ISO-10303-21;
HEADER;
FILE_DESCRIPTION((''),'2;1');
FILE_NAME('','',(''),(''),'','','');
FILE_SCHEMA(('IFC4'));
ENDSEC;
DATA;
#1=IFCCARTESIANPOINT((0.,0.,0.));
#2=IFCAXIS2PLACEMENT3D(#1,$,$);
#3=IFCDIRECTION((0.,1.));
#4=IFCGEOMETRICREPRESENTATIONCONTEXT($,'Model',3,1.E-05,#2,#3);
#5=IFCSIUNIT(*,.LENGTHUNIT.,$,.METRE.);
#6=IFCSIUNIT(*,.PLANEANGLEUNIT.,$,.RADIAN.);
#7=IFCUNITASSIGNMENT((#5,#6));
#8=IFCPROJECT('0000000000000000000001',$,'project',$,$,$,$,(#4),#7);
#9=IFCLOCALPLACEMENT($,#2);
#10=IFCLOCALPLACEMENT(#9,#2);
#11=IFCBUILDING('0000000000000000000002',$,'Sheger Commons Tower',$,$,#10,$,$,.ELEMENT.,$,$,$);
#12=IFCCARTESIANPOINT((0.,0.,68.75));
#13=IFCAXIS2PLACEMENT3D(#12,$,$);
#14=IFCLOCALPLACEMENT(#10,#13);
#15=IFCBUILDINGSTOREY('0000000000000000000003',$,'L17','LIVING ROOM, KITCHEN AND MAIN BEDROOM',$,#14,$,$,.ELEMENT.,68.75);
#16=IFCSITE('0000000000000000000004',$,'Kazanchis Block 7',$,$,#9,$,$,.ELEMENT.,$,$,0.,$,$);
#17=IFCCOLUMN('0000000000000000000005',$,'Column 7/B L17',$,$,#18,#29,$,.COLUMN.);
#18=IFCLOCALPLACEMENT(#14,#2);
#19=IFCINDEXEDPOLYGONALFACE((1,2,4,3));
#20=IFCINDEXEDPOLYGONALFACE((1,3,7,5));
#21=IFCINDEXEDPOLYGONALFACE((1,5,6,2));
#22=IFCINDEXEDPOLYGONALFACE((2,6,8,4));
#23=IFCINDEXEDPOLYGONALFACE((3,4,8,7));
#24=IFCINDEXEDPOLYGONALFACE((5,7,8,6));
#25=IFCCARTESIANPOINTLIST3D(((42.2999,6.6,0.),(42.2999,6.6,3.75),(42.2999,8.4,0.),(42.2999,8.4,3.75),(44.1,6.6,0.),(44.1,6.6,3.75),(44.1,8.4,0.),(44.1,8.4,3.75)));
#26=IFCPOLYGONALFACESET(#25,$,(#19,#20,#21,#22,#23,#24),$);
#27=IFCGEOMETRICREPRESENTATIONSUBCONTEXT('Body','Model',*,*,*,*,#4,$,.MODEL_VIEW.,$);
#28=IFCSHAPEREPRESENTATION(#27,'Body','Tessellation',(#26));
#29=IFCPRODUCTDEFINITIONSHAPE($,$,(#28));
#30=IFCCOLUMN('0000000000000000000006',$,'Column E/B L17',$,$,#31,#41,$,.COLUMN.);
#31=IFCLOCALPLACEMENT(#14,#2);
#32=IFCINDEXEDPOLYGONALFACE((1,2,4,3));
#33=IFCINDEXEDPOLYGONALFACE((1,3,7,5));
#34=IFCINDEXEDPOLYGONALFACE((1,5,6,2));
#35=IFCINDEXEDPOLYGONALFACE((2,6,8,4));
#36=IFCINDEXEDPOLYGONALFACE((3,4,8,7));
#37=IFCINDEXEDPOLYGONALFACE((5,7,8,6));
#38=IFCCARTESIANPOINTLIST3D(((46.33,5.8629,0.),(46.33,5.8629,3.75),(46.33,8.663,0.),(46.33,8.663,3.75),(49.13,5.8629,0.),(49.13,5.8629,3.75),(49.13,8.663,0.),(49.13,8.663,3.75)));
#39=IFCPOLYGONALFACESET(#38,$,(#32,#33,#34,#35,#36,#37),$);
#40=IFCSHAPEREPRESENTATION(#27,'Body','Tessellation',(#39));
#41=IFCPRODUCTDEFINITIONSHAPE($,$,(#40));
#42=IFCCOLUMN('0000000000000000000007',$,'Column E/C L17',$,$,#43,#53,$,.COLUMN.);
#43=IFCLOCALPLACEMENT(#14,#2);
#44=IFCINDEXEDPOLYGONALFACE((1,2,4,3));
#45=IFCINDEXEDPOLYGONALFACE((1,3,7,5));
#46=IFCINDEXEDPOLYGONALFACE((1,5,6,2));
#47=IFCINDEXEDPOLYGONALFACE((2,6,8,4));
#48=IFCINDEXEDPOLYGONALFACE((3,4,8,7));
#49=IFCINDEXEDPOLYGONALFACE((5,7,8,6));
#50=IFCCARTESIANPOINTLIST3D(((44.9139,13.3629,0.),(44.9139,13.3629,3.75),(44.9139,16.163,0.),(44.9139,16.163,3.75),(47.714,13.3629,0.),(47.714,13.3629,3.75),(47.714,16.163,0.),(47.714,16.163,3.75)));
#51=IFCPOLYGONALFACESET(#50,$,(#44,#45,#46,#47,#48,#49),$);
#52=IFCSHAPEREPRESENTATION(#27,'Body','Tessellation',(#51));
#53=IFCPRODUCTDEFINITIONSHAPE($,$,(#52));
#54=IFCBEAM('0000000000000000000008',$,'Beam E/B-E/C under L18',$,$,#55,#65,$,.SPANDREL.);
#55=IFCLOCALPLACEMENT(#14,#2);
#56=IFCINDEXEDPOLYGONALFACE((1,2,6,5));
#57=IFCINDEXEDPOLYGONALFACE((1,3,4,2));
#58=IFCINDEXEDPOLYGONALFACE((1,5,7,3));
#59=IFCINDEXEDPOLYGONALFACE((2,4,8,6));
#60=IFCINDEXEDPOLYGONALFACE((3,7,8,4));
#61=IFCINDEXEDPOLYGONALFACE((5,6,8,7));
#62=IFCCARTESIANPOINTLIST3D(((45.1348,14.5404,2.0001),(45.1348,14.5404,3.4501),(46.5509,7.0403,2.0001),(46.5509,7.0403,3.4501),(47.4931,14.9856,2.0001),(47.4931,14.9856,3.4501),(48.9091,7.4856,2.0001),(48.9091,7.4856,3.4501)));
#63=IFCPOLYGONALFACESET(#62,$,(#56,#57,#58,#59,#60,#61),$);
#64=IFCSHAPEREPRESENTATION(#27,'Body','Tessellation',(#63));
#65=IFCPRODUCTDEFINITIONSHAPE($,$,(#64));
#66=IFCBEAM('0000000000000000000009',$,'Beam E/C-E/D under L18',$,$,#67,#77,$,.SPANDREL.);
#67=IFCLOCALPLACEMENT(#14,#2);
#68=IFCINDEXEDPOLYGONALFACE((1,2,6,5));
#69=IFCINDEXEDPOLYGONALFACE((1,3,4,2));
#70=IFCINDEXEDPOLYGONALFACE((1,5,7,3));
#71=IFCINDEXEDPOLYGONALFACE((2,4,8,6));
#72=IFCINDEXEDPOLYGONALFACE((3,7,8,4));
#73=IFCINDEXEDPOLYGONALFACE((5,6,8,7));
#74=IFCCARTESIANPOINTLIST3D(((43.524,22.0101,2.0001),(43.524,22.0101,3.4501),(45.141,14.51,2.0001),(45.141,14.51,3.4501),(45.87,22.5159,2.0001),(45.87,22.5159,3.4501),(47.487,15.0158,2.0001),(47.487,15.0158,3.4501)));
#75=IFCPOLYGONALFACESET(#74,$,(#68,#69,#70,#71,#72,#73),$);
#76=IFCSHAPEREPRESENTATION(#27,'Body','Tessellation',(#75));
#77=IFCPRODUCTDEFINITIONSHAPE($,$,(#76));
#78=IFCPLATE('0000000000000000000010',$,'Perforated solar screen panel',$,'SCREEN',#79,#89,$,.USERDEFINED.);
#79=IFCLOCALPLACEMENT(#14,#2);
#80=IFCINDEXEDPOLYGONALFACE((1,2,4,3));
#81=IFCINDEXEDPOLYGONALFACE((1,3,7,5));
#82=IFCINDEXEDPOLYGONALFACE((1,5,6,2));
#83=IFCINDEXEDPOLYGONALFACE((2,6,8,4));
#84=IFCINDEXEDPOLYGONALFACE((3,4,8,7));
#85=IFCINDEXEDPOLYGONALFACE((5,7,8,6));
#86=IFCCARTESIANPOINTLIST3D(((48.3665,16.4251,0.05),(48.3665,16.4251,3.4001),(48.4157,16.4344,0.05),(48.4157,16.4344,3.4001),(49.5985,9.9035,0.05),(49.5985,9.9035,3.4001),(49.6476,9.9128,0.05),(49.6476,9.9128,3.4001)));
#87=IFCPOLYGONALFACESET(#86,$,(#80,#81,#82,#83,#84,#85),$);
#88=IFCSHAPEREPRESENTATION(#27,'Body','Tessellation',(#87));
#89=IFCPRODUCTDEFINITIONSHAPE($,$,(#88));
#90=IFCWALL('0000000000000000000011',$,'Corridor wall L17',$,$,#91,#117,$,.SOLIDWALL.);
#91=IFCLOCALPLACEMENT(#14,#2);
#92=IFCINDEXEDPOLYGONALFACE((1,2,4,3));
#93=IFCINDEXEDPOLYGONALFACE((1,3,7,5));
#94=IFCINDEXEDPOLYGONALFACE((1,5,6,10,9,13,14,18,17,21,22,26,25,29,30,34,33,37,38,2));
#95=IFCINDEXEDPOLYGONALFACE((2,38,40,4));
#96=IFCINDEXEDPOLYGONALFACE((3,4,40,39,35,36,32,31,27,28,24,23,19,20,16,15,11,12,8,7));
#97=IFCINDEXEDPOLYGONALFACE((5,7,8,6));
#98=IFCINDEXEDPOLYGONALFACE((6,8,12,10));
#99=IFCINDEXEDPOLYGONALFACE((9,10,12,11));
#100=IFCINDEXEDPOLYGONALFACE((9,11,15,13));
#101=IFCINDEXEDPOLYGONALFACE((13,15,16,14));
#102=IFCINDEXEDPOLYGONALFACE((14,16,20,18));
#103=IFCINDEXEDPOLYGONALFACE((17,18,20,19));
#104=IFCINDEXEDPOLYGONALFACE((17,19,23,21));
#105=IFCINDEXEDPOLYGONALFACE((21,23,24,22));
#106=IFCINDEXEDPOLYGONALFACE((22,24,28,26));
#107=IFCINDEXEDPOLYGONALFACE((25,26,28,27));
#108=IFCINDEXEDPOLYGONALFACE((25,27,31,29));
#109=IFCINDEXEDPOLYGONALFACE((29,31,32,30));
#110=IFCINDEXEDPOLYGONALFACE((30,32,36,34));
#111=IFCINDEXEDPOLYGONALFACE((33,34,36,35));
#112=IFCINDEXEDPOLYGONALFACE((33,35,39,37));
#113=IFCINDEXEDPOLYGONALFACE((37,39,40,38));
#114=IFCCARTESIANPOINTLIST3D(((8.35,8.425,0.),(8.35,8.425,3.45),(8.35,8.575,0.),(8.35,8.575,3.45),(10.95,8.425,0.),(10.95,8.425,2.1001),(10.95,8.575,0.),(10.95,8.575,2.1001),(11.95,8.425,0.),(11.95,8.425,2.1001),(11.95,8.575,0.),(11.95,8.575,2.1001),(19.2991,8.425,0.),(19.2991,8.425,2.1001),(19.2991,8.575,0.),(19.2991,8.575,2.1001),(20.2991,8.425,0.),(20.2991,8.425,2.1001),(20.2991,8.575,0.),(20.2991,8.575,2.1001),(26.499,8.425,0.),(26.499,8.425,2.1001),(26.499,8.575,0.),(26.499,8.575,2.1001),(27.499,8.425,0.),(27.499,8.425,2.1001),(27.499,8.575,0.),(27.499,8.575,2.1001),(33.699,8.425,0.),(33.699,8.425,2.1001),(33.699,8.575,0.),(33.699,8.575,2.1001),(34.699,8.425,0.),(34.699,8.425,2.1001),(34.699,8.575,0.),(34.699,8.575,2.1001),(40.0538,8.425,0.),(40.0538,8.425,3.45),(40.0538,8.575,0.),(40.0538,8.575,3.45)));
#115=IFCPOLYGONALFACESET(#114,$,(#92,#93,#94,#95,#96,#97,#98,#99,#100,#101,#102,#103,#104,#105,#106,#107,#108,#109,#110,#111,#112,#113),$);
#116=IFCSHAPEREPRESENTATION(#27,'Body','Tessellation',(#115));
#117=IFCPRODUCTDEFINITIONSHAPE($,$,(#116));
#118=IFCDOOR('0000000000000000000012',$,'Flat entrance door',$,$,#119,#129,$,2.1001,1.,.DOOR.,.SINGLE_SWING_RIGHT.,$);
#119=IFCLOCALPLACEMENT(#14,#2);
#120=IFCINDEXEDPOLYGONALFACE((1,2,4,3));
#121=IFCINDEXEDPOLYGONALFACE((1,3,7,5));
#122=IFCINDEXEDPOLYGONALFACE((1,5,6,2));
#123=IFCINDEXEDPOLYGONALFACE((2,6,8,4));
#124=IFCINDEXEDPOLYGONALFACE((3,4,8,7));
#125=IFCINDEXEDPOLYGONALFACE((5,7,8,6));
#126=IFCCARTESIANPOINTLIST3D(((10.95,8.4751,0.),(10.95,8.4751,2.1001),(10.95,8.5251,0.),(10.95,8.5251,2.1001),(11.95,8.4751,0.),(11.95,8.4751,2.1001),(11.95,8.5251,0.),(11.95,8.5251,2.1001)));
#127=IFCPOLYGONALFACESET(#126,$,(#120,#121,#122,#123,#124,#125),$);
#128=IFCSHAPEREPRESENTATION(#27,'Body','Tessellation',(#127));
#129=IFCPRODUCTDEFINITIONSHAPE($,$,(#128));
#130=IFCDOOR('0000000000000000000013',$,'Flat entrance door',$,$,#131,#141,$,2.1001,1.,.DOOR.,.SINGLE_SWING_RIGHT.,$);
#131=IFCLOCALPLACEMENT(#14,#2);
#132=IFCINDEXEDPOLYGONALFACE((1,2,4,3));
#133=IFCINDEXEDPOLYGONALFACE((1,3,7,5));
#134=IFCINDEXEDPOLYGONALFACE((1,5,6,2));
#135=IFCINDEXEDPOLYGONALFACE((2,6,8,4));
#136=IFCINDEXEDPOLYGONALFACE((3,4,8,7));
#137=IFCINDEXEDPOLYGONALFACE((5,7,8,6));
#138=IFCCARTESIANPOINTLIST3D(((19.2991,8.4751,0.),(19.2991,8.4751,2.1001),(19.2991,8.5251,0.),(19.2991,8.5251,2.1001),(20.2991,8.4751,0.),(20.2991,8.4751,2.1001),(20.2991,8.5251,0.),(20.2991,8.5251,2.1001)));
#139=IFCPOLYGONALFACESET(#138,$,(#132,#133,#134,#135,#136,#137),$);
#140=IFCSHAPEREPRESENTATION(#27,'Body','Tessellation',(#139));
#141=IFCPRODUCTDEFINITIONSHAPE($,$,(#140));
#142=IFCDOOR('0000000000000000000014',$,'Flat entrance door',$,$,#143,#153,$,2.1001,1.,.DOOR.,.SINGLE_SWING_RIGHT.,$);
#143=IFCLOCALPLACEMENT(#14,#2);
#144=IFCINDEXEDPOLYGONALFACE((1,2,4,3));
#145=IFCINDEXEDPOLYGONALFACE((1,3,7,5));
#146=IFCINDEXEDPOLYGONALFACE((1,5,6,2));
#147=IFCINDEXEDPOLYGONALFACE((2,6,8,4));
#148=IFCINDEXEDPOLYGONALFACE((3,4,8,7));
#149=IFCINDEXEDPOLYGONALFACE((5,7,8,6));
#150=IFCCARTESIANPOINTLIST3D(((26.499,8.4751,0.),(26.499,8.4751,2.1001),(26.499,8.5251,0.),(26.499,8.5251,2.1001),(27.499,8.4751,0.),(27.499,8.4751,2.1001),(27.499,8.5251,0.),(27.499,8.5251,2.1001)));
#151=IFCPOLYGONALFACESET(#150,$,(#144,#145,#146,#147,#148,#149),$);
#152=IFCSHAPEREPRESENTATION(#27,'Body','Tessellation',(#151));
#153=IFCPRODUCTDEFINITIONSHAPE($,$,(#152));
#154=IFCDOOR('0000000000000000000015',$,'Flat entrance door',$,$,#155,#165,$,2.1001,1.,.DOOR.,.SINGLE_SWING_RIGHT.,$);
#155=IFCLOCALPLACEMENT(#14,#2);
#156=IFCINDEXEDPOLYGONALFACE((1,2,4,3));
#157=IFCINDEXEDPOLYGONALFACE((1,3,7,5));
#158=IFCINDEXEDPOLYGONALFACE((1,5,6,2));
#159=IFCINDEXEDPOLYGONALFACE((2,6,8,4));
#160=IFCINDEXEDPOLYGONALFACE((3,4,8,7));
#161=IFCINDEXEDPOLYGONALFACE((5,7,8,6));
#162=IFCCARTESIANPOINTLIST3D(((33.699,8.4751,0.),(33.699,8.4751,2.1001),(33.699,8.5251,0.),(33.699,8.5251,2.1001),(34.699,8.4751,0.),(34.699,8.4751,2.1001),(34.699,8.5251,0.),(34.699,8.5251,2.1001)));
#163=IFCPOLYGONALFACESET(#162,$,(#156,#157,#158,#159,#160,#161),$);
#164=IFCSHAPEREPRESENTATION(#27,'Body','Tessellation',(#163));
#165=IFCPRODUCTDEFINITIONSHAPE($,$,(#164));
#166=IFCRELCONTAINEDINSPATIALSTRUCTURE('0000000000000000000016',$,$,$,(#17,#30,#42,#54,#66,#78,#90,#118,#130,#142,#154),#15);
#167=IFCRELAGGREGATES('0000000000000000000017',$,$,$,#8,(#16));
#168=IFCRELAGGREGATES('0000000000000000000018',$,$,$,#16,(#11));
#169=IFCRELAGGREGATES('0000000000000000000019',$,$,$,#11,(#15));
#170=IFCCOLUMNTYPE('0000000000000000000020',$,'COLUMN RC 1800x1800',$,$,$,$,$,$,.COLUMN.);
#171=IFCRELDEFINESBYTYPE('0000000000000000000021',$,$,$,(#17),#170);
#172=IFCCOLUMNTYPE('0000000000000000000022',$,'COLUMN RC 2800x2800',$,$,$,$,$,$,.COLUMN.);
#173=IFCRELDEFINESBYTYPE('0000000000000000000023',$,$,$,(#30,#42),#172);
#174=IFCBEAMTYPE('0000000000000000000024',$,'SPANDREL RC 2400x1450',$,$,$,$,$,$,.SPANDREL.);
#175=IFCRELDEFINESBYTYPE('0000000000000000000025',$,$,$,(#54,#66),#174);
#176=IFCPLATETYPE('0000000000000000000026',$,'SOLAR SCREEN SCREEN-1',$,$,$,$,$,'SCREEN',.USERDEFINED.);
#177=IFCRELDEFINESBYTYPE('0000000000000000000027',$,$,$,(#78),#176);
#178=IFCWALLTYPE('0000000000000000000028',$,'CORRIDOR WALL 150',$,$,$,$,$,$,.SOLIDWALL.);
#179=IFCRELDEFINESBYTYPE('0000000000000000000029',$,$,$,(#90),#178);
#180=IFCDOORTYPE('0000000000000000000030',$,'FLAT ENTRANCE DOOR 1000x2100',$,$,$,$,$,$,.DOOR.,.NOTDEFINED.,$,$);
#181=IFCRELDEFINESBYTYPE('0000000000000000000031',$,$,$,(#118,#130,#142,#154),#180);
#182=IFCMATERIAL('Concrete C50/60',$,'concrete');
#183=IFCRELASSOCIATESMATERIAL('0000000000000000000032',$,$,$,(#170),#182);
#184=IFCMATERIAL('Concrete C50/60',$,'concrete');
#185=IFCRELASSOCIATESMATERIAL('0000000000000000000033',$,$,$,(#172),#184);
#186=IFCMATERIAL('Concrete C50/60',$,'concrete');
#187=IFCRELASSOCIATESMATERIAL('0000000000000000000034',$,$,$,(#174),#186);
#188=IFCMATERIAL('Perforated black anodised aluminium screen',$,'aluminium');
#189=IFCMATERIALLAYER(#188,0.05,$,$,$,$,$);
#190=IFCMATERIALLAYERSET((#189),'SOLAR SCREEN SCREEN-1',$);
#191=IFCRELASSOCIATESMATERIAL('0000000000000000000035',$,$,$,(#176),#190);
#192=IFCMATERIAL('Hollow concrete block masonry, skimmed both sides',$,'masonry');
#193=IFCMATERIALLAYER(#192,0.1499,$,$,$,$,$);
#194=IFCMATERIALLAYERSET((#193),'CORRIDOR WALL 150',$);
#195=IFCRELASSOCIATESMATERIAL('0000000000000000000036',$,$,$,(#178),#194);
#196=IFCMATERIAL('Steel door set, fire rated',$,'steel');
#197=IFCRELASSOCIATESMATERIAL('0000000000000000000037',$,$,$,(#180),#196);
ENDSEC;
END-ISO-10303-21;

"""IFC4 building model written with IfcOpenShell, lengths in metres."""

from ifc_helpers import new_model, si_unit, direction, frame, frame_2d, origin, origin_2d, place, context, subcontext, project, spatial, rectangle, extrude, material, layer, layer_set, material_profile, profile_set, type_object, element, fill, save


model = new_model("IFC4")

# Units and contexts
model_context = context("Model", 3, precision=1e-05, world=origin(), true_north=direction((0.0, 1.0)))
body_context = subcontext(model_context, "Body", "Model", "MODEL_VIEW")
ifc_project = project(units=[si_unit("LENGTHUNIT", "METRE"), si_unit("PLANEANGLEUNIT", "RADIAN")], contexts=[model_context])

# Site, building, storey
site_placement = place(None, origin())
site = spatial("IfcSite", under=ifc_project, at=site_placement, Name="Kazanchis Block 7", CompositionType="ELEMENT", RefElevation=0.0)
building_placement = place(site_placement, origin())
building = spatial("IfcBuilding", under=site, at=building_placement, Name="Sheger Commons Tower", CompositionType="ELEMENT")
storey_placement = place(building_placement, frame((0.0, 0.0, 68.75)))
storey = spatial("IfcBuildingStorey", under=building, at=storey_placement, Name="L17", Description="LIVING ROOM, KITCHEN AND MAIN BEDROOM", CompositionType="ELEMENT", Elevation=68.75)

# Columns
ifc_material_1 = material(Name="Concrete C50/60", Category="concrete")
ifc_material_profile_1 = material_profile(ifc_material_1, rectangle(XDim=1.8, YDim=1.8, at=origin_2d()), Name="RC 1800x1800")
ifc_profile_set_1 = profile_set([ifc_material_profile_1], Name="Concrete C50/60")
column_type_1 = type_object("IfcColumnType", Name="COLUMN RC 1800x1800", PredefinedType="COLUMN", material=ifc_profile_set_1)
column_placement = place(storey_placement, frame((43.2, 7.5, 0.0), z_axis=(0.0, 0.0, 1.0), x_axis=(1.0, 0.0, 0.0)))
element("IfcColumn", 1, at=column_placement, inside=storey, type_object=column_type_1, Name="Column 7/B L17", PredefinedType="COLUMN", context=body_context, shape_type="SweptSolid", body=[
    extrude(rectangle(XDim=1.8, YDim=1.8, at=origin_2d()), origin(), (0.0, 0.0, 1.0), 3.75),
])
ifc_material_2 = material(Name="Concrete C50/60", Category="concrete")
ifc_material_profile_2 = material_profile(ifc_material_2, rectangle(XDim=2.8, YDim=2.8, at=origin_2d()), Name="RC 2800x2800")
ifc_profile_set_2 = profile_set([ifc_material_profile_2], Name="Concrete C50/60")
column_type_2 = type_object("IfcColumnType", Name="COLUMN RC 2800x2800", PredefinedType="COLUMN", material=ifc_profile_set_2)
for number, where, z_axis, x_axis, name in (
    (2, (47.73, 7.2629, 0.0), (0.0, 0.0, 1.0), (1.0, 0.0, 0.0), "Column E/B L17"),
    (3, (46.314, 14.7629, 0.0), (0.0, 0.0, 1.0), (1.0, 0.0, 0.0), "Column E/C L17"),
):
    element("IfcColumn", number, at=place(storey_placement, frame(where, z_axis=z_axis, x_axis=x_axis)), inside=storey, type_object=column_type_2, Name=name, PredefinedType="COLUMN", context=body_context, shape_type="SweptSolid", body=[
        extrude(rectangle(XDim=2.8, YDim=2.8, at=origin_2d()), origin(), (0.0, 0.0, 1.0), 3.75),
    ])

# Beams
ifc_material_3 = material(Name="Concrete C50/60", Category="concrete")
ifc_material_profile_3 = material_profile(ifc_material_3, rectangle(XDim=2.3999, YDim=1.45, at=origin_2d()), Name="RC 2400x1450")
ifc_profile_set_3 = profile_set([ifc_material_profile_3], Name="Concrete C50/60")
beam_type = type_object("IfcBeamType", Name="SPANDREL RC 2400x1450", PredefinedType="SPANDREL", material=ifc_profile_set_3)
beam_1_placement = place(storey_placement, frame((47.73, 7.2629, 2.7251), z_axis=(-0.185524, 0.98264, 0.0), x_axis=(-0.98264, -0.185524, 0.0)))
element("IfcBeam", 4, at=beam_1_placement, inside=storey, type_object=beam_type, Name="Beam E/B-E/C under L18", PredefinedType="SPANDREL", context=body_context, shape_type="SweptSolid", body=[
    extrude(rectangle(XDim=2.3999, YDim=1.45, at=origin_2d()), origin(), (0.0, 0.0, 1.0), 7.6326),
])
beam_2_placement = place(storey_placement, frame((46.314, 14.7629, 2.7251), z_axis=(-0.21075, 0.97754, 0.0), x_axis=(-0.97754, -0.21075, 0.0)))
element("IfcBeam", 5, at=beam_2_placement, inside=storey, type_object=beam_type, Name="Beam E/C-E/D under L18", PredefinedType="SPANDREL", context=body_context, shape_type="SweptSolid", body=[
    extrude(rectangle(XDim=2.3999, YDim=1.45, at=origin_2d()), origin(), (0.0, 0.0, 1.0), 7.6724),
])

# Plate
ifc_material_4 = material(Name="Perforated black anodised aluminium screen", Category="aluminium")
ifc_layer_1 = layer(ifc_material_4, 0.05)
ifc_layer_set_1 = layer_set([ifc_layer_1], Name="SOLAR SCREEN SCREEN-1")
plate_type = type_object("IfcPlateType", Name="SOLAR SCREEN SCREEN-1", ElementType="SCREEN", PredefinedType="USERDEFINED", material=ifc_layer_set_1)
plate_placement = place(storey_placement, frame((49.0071, 13.1689, 0.05), z_axis=(0.0, 0.0, 1.0), x_axis=(-0.185615, 0.982623, 0.0)))
element("IfcPlate", 6, at=plate_placement, inside=storey, type_object=plate_type, Name="Perforated solar screen panel", ObjectType="SCREEN", PredefinedType="USERDEFINED", context=body_context, shape_type="SweptSolid", body=[
    extrude(rectangle(XDim=6.637, YDim=0.05, at=origin_2d()), origin(), (0.0, 0.0, 1.0), 3.3501),
])

# Wall, openings, doors
ifc_material_5 = material(Name="Hollow concrete block masonry, skimmed both sides", Category="masonry")
ifc_layer_2 = layer(ifc_material_5, 0.1499)
ifc_layer_set_2 = layer_set([ifc_layer_2], Name="CORRIDOR WALL 150")
wall_type_1 = type_object("IfcWallType", Name="CORRIDOR WALL 150", PredefinedType="SOLIDWALL", material=ifc_layer_set_2)
wall_1_placement = place(storey_placement, frame((40.054, 8.5, 0.0), z_axis=(0.0, 0.0, 1.0), x_axis=(-1.0, 0.0, 0.0)))
wall_1 = element("IfcWall", 7, at=wall_1_placement, inside=storey, type_object=wall_type_1, Name="Corridor wall L17", PredefinedType="SOLIDWALL", context=body_context, shape_type="SweptSolid", body=[
    extrude(rectangle(XDim=31.7039, YDim=0.1499, at=frame_2d((15.8521, 0.0))), origin(), (0.0, 0.0, 1.0), 3.45),
])
opening_1_placement = place(wall_1_placement, frame((28.104, 0.0, 0.0)))
opening_1 = element("IfcOpeningElement", 8, at=opening_1_placement, cuts=wall_1, PredefinedType="OPENING", context=body_context, shape_type="SweptSolid", body=[
    extrude(rectangle(XDim=1.0, YDim=2.1001, at=frame_2d((0.5, 1.05))), frame((0.0, 0.085, 0.0), z_axis=(0.0, -1.0, 0.0), x_axis=(1.0, 0.0, 0.0)), (0.0, 0.0, 1.0), 0.1699),
])
opening_2_placement = place(wall_1_placement, frame((19.7549, 0.0, 0.0)))
opening_2 = element("IfcOpeningElement", 9, at=opening_2_placement, cuts=wall_1, PredefinedType="OPENING", context=body_context, shape_type="SweptSolid", body=[
    extrude(rectangle(XDim=1.0, YDim=2.1001, at=frame_2d((0.5, 1.05))), frame((0.0, 0.085, 0.0), z_axis=(0.0, -1.0, 0.0), x_axis=(1.0, 0.0, 0.0)), (0.0, 0.0, 1.0), 0.1699),
])
opening_3_placement = place(wall_1_placement, frame((12.5549, 0.0, 0.0)))
opening_3 = element("IfcOpeningElement", 10, at=opening_3_placement, cuts=wall_1, PredefinedType="OPENING", context=body_context, shape_type="SweptSolid", body=[
    extrude(rectangle(XDim=1.0, YDim=2.1001, at=frame_2d((0.5, 1.05))), frame((0.0, 0.085, 0.0), z_axis=(0.0, -1.0, 0.0), x_axis=(1.0, 0.0, 0.0)), (0.0, 0.0, 1.0), 0.1699),
])
opening_4_placement = place(wall_1_placement, frame((5.355, 0.0, 0.0)))
opening_4 = element("IfcOpeningElement", 11, at=opening_4_placement, cuts=wall_1, PredefinedType="OPENING", context=body_context, shape_type="SweptSolid", body=[
    extrude(rectangle(XDim=1.0, YDim=2.1001, at=frame_2d((0.5, 1.05))), frame((0.0, 0.085, 0.0), z_axis=(0.0, -1.0, 0.0), x_axis=(1.0, 0.0, 0.0)), (0.0, 0.0, 1.0), 0.1699),
])
ifc_material_6 = material(Name="Steel door set, fire rated", Category="steel")
door_type_1 = type_object("IfcDoorType", Name="FLAT ENTRANCE DOOR 1000x2100", OperationType="NOTDEFINED", PredefinedType="DOOR", material=ifc_material_6)
door_1_placement = place(opening_1_placement, origin())
door_1 = element("IfcDoor", 12, at=door_1_placement, inside=storey, type_object=door_type_1, Name="Flat entrance door", OperationType="SINGLE_SWING_RIGHT", OverallHeight=2.1001, OverallWidth=1.0, PredefinedType="DOOR", context=body_context, shape_type="SweptSolid", body=[
    extrude(rectangle(XDim=1.0, YDim=2.1001, at=frame_2d((0.5, 1.05))), frame((0.0, 0.0249, 0.0), z_axis=(0.0, -1.0, 0.0), x_axis=(1.0, 0.0, 0.0)), (0.0, 0.0, 1.0), 0.05),
])
fill(opening_1, door_1)
door_2_placement = place(opening_2_placement, origin())
door_2 = element("IfcDoor", 13, at=door_2_placement, inside=storey, type_object=door_type_1, Name="Flat entrance door", OperationType="SINGLE_SWING_RIGHT", OverallHeight=2.1001, OverallWidth=1.0, PredefinedType="DOOR", context=body_context, shape_type="SweptSolid", body=[
    extrude(rectangle(XDim=1.0, YDim=2.1001, at=frame_2d((0.5, 1.05))), frame((0.0, 0.0249, 0.0), z_axis=(0.0, -1.0, 0.0), x_axis=(1.0, 0.0, 0.0)), (0.0, 0.0, 1.0), 0.05),
])
fill(opening_2, door_2)
door_3_placement = place(opening_3_placement, origin())
door_3 = element("IfcDoor", 14, at=door_3_placement, inside=storey, type_object=door_type_1, Name="Flat entrance door", OperationType="SINGLE_SWING_RIGHT", OverallHeight=2.1001, OverallWidth=1.0, PredefinedType="DOOR", context=body_context, shape_type="SweptSolid", body=[
    extrude(rectangle(XDim=1.0, YDim=2.1001, at=frame_2d((0.5, 1.05))), frame((0.0, 0.0249, 0.0), z_axis=(0.0, -1.0, 0.0), x_axis=(1.0, 0.0, 0.0)), (0.0, 0.0, 1.0), 0.05),
])
fill(opening_3, door_3)
door_4_placement = place(opening_4_placement, origin())
door_4 = element("IfcDoor", 15, at=door_4_placement, inside=storey, type_object=door_type_1, Name="Flat entrance door", OperationType="SINGLE_SWING_RIGHT", OverallHeight=2.1001, OverallWidth=1.0, PredefinedType="DOOR", context=body_context, shape_type="SweptSolid", body=[
    extrude(rectangle(XDim=1.0, YDim=2.1001, at=frame_2d((0.5, 1.05))), frame((0.0, 0.0249, 0.0), z_axis=(0.0, -1.0, 0.0), x_axis=(1.0, 0.0, 0.0)), (0.0, 0.0, 1.0), 0.05),
])
fill(opening_4, door_4)

save(model, "model.ifc")
